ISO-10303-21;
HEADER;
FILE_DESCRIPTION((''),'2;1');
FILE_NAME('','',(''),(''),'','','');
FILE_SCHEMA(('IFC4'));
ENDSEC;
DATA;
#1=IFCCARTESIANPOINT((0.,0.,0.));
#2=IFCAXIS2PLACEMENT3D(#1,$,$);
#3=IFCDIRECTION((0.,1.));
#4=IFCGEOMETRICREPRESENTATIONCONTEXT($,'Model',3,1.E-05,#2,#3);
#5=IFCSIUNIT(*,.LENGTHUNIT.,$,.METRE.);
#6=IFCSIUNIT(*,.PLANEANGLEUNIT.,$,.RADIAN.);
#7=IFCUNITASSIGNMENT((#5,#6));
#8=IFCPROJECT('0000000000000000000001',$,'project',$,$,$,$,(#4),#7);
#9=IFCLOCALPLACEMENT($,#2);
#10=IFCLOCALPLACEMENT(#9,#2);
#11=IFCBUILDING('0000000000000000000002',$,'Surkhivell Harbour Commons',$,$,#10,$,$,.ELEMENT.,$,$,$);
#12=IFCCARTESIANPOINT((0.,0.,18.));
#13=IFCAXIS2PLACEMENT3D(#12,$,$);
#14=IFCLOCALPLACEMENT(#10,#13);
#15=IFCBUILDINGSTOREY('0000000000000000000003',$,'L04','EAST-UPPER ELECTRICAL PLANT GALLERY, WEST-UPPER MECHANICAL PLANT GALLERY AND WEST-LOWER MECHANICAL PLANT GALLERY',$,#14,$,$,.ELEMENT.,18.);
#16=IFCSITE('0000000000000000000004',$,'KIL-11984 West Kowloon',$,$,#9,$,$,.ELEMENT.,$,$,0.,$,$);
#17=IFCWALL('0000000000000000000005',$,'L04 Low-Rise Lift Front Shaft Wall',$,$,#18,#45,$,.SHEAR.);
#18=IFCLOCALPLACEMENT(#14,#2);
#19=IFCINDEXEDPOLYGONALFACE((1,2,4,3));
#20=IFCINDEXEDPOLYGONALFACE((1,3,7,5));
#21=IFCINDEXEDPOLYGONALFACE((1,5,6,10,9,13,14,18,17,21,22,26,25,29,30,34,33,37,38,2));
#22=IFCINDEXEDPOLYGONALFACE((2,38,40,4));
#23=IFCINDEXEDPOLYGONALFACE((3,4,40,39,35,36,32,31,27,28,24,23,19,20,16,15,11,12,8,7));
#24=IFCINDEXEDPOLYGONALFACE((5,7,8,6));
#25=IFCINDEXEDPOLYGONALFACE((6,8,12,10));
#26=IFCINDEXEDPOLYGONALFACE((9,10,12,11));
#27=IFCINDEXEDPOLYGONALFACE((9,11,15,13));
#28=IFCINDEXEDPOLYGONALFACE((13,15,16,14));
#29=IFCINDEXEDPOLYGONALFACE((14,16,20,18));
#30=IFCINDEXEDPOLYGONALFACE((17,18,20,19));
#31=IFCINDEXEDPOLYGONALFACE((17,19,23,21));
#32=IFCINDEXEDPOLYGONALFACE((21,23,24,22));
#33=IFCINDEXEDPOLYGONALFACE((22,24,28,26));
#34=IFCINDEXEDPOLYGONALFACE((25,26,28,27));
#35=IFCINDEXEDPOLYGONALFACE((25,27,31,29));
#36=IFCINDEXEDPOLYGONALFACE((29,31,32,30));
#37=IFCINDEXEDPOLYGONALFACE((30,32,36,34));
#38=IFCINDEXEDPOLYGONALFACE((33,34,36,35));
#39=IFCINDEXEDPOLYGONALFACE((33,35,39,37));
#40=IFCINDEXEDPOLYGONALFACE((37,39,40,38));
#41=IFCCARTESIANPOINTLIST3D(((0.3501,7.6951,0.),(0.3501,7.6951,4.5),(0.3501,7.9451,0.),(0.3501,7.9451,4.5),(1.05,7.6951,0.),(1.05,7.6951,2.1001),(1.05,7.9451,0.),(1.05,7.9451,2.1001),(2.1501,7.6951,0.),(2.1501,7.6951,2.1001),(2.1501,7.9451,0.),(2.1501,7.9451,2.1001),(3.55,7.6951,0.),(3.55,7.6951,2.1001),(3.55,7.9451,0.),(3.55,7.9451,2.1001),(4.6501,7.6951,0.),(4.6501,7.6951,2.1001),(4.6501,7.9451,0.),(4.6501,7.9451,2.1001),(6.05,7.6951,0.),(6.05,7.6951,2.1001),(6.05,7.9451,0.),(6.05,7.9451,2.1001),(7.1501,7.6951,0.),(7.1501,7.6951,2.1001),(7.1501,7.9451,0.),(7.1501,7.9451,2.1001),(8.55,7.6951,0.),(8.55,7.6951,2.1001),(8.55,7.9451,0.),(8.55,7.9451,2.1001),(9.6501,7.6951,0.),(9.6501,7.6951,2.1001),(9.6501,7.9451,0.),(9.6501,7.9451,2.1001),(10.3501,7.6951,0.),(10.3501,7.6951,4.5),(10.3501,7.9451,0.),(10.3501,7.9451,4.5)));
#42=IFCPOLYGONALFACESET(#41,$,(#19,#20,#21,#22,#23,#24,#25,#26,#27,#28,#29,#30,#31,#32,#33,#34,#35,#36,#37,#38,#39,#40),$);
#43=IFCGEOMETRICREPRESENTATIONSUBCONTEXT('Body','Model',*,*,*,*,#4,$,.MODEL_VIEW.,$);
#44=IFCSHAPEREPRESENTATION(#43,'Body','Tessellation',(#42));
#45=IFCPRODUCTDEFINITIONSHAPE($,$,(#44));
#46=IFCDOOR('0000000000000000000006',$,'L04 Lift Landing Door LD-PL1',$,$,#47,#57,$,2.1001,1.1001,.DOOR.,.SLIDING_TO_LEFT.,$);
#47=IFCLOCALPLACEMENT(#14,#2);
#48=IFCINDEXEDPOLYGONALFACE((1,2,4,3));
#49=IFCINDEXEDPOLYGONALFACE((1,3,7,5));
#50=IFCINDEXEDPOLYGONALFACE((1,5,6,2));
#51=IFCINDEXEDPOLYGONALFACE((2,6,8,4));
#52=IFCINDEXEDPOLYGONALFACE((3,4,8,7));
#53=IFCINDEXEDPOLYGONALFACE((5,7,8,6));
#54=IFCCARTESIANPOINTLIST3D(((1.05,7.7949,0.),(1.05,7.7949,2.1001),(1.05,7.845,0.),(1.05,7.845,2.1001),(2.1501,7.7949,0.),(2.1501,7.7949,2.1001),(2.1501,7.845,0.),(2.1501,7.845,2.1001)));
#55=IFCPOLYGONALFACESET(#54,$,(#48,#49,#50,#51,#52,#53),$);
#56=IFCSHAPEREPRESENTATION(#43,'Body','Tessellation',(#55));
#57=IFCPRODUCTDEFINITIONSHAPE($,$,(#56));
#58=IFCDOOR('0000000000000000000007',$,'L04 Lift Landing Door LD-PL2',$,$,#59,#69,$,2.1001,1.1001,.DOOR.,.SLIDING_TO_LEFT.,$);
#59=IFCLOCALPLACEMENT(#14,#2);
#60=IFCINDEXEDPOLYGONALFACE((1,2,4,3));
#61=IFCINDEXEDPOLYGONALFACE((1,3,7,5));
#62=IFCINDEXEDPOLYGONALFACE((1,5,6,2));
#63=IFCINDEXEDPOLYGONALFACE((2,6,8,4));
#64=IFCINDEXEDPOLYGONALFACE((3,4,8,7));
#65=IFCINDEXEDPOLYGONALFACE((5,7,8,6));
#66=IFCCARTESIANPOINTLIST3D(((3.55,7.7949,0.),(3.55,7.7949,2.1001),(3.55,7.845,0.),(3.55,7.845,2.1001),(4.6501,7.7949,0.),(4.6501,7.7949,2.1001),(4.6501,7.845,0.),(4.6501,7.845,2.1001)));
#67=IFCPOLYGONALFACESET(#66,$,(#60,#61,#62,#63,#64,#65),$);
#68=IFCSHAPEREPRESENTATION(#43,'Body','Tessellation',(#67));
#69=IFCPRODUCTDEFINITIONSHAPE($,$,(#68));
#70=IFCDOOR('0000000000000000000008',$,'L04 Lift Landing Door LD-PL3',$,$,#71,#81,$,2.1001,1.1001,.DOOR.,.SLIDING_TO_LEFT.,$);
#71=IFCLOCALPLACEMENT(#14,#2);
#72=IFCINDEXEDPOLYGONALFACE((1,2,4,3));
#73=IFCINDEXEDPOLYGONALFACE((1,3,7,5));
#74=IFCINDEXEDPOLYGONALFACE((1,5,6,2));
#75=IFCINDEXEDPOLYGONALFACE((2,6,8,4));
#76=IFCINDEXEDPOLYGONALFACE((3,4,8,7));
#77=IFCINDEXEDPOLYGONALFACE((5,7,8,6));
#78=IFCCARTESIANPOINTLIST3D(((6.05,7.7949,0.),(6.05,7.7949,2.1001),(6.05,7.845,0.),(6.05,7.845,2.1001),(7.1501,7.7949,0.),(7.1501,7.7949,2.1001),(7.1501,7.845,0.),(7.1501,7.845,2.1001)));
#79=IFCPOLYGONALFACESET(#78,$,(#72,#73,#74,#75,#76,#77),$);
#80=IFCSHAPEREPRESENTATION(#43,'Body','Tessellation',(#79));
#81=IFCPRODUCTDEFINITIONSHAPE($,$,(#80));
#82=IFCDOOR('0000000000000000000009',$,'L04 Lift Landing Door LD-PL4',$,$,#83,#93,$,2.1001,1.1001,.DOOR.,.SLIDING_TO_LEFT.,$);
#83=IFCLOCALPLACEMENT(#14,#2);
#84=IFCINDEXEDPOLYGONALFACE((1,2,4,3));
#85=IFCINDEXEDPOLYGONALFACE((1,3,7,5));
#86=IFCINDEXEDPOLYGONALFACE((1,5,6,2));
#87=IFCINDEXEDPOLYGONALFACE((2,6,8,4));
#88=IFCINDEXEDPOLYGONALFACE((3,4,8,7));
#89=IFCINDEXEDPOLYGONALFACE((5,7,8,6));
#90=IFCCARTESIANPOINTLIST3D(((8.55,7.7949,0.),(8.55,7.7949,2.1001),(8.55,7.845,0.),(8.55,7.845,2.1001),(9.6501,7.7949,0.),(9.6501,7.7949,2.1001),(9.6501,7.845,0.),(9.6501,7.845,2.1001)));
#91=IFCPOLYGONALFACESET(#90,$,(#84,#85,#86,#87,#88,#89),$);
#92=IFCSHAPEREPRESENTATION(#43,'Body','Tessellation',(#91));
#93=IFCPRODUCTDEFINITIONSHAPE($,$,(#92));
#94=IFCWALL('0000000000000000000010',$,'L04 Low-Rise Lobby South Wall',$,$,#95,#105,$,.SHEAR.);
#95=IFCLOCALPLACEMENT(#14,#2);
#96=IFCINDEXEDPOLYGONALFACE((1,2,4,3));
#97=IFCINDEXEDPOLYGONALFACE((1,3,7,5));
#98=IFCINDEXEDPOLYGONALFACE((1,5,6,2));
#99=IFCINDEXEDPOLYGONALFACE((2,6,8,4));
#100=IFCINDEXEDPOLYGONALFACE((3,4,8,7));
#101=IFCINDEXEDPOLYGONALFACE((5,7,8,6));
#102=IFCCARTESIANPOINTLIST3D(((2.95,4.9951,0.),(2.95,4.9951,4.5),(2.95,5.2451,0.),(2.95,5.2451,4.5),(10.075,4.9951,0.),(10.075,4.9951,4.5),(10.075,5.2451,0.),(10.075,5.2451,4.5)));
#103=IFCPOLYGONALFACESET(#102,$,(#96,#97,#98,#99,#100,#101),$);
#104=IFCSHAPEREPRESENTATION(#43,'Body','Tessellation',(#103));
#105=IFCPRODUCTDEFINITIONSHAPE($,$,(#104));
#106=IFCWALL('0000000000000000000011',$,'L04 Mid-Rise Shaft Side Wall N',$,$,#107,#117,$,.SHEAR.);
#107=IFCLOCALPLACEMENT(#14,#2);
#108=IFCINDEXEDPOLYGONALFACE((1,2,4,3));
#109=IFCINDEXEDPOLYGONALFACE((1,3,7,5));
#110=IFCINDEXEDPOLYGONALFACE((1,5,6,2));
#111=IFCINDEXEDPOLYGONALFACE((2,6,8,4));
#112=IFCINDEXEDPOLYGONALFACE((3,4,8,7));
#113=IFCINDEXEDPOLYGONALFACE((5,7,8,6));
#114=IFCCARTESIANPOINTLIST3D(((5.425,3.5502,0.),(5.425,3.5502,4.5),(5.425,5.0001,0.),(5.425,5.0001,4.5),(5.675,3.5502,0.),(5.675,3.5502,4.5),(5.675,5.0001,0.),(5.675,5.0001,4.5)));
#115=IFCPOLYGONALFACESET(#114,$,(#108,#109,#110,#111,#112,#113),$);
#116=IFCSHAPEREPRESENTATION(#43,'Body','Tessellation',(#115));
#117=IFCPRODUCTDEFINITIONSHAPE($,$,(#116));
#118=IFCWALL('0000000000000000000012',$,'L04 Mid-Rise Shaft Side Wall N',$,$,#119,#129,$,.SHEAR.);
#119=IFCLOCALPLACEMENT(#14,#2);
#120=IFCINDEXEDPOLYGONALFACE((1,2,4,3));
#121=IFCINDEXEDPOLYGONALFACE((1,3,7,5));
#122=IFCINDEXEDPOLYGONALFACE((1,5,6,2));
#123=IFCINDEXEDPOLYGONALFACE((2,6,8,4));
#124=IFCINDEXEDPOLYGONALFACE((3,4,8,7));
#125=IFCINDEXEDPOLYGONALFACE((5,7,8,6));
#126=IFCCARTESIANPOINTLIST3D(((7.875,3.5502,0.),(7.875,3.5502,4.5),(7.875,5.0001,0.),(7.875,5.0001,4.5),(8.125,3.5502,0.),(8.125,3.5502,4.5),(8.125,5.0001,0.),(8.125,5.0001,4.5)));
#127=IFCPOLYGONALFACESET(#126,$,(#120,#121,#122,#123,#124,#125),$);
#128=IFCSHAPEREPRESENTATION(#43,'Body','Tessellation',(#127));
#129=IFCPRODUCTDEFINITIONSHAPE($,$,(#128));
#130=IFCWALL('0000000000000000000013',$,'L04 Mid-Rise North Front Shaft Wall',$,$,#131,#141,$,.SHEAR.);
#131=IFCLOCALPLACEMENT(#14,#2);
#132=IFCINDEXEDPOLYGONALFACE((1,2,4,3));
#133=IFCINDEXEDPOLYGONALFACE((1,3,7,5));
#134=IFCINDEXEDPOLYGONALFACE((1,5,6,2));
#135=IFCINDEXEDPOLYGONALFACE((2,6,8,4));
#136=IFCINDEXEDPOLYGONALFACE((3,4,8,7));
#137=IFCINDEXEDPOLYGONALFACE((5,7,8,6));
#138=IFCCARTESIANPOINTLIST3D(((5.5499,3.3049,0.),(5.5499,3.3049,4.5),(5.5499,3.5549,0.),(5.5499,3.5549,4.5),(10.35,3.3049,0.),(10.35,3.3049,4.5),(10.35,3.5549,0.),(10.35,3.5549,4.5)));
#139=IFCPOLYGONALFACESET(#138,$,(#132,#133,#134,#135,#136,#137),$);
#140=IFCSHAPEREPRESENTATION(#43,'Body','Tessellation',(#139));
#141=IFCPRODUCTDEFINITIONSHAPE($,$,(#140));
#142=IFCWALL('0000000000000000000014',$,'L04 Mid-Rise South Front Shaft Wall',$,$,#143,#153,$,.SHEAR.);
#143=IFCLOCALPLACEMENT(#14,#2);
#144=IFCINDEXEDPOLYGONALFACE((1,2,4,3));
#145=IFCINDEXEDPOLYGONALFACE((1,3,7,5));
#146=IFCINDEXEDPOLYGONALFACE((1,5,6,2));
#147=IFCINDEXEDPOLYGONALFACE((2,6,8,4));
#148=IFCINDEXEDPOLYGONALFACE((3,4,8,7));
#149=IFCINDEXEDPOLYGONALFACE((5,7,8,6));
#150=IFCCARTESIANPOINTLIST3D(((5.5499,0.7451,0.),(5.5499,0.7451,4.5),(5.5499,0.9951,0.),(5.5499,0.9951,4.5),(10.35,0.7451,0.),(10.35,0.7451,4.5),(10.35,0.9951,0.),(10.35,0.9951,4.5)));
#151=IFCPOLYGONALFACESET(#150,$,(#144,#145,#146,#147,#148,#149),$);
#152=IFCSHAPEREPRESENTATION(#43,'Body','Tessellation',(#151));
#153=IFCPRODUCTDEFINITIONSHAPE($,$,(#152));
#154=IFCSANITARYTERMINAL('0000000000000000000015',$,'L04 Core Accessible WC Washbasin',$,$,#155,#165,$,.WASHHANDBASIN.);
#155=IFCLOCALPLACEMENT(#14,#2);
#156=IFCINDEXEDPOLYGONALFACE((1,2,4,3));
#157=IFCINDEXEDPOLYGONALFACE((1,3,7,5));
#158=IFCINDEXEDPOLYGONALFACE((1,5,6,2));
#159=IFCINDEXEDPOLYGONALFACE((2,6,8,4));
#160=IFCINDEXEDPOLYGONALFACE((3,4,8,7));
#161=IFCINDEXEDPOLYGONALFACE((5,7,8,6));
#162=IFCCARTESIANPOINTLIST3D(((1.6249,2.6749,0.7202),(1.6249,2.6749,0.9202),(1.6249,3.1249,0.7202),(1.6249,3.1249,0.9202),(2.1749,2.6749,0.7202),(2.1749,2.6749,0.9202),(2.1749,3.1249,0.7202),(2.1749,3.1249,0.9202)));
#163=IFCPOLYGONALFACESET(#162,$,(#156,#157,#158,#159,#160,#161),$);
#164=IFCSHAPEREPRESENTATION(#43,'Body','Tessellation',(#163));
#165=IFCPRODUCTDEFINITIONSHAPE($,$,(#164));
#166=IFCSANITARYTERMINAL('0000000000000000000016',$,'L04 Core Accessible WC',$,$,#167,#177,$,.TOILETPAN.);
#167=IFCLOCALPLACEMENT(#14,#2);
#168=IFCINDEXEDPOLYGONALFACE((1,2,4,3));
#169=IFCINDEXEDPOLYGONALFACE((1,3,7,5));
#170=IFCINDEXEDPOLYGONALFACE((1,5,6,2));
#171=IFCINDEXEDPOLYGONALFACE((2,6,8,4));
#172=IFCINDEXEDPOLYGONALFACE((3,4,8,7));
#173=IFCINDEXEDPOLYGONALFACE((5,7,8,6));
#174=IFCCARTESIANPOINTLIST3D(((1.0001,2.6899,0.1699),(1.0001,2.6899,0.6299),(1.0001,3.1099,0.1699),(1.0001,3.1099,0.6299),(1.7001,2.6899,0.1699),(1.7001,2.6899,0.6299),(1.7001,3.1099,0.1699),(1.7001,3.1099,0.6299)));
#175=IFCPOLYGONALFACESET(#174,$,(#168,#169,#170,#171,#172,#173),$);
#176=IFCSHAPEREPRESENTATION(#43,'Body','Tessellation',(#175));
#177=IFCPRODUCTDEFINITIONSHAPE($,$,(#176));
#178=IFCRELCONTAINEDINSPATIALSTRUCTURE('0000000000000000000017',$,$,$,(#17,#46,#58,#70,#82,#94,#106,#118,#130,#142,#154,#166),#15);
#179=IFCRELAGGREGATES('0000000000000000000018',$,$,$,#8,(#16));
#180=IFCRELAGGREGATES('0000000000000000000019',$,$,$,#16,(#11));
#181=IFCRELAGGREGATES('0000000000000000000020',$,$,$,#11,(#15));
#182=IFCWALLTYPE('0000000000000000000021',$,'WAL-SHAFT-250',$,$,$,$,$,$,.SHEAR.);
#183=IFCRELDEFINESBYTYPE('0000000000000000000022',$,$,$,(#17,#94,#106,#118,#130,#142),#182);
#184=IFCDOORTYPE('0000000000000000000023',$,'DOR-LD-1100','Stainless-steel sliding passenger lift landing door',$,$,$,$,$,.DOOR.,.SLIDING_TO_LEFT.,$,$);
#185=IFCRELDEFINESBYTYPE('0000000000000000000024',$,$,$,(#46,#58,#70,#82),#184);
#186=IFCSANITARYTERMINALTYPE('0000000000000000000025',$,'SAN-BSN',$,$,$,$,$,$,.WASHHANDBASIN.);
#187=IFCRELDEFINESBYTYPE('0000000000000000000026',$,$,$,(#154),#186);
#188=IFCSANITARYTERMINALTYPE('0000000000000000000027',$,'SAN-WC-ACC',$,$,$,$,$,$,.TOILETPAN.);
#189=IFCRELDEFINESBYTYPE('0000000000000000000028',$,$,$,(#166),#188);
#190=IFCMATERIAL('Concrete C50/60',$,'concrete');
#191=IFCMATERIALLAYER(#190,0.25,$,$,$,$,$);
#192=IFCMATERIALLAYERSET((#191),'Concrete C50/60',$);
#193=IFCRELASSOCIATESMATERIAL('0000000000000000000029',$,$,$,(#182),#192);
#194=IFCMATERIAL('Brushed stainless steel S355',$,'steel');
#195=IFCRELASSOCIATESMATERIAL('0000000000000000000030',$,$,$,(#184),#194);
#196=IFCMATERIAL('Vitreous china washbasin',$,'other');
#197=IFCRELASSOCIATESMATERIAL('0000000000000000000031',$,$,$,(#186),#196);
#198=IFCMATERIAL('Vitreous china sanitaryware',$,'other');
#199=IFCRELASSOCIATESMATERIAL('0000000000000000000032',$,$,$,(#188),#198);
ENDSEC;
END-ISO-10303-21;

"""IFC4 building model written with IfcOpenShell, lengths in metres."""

from ifc_helpers import new_model, si_unit, direction, frame, frame_2d, origin, origin_2d, place, context, subcontext, project, spatial, rectangle, extrude, material, layer, layer_set, type_object, element, fill, save


model = new_model("IFC4")

# Units and contexts
model_context = context("Model", 3, precision=1e-05, world=origin(), true_north=direction((0.0, 1.0)))
body_context = subcontext(model_context, "Body", "Model", "MODEL_VIEW")
ifc_project = project(units=[si_unit("LENGTHUNIT", "METRE"), si_unit("PLANEANGLEUNIT", "RADIAN")], contexts=[model_context])

# Site, building, storey
site_placement = place(None, origin())
site = spatial("IfcSite", under=ifc_project, at=site_placement, Name="KIL-11984 West Kowloon", CompositionType="ELEMENT", RefElevation=0.0)
building_placement = place(site_placement, origin())
building = spatial("IfcBuilding", under=site, at=building_placement, Name="Surkhivell Harbour Commons", CompositionType="ELEMENT")
storey_placement = place(building_placement, frame((0.0, 0.0, 18.0)))
storey = spatial("IfcBuildingStorey", under=building, at=storey_placement, Name="L04", Description="EAST-UPPER ELECTRICAL PLANT GALLERY, WEST-UPPER MECHANICAL PLANT GALLERY AND WEST-LOWER MECHANICAL PLANT GALLERY", CompositionType="ELEMENT", Elevation=18.0)

# Shared definitions
ifc_material_1 = material(Name="Concrete C50/60", Category="concrete")
ifc_layer_1 = layer(ifc_material_1, 0.25)
ifc_layer_set_1 = layer_set([ifc_layer_1], Name="Concrete C50/60")
wall_type_1 = type_object("IfcWallType", Name="WAL-SHAFT-250", PredefinedType="SHEAR", material=ifc_layer_set_1)

# Wall, openings, doors
wall_1_placement = place(storey_placement, frame((0.3501, 7.8201, 0.0), z_axis=(0.0, 0.0, 1.0), x_axis=(1.0, 0.0, 0.0)))
wall_1 = element("IfcWall", 1, at=wall_1_placement, inside=storey, type_object=wall_type_1, Name="L04 Low-Rise Lift Front Shaft Wall", PredefinedType="SHEAR", context=body_context, shape_type="SweptSolid", body=[
    extrude(rectangle(XDim=10.0, YDim=0.25, at=frame_2d((5.0, 0.0))), origin(), (0.0, 0.0, 1.0), 4.5),
])
opening_1_placement = place(wall_1_placement, frame((0.7, 0.0, 0.0)))
opening_1 = element("IfcOpeningElement", 2, at=opening_1_placement, cuts=wall_1, PredefinedType="OPENING", context=body_context, shape_type="SweptSolid", body=[
    extrude(rectangle(XDim=1.1001, YDim=2.1001, at=frame_2d((0.55, 1.05))), frame((0.0, 0.135, 0.0), z_axis=(0.0, -1.0, 0.0), x_axis=(1.0, 0.0, 0.0)), (0.0, 0.0, 1.0), 0.27),
])
opening_2_placement = place(wall_1_placement, frame((3.2, 0.0, 0.0)))
opening_2 = element("IfcOpeningElement", 3, at=opening_2_placement, cuts=wall_1, PredefinedType="OPENING", context=body_context, shape_type="SweptSolid", body=[
    extrude(rectangle(XDim=1.1001, YDim=2.1001, at=frame_2d((0.55, 1.05))), frame((0.0, 0.135, 0.0), z_axis=(0.0, -1.0, 0.0), x_axis=(1.0, 0.0, 0.0)), (0.0, 0.0, 1.0), 0.27),
])
opening_3_placement = place(wall_1_placement, frame((5.7, 0.0, 0.0)))
opening_3 = element("IfcOpeningElement", 4, at=opening_3_placement, cuts=wall_1, PredefinedType="OPENING", context=body_context, shape_type="SweptSolid", body=[
    extrude(rectangle(XDim=1.1001, YDim=2.1001, at=frame_2d((0.55, 1.05))), frame((0.0, 0.135, 0.0), z_axis=(0.0, -1.0, 0.0), x_axis=(1.0, 0.0, 0.0)), (0.0, 0.0, 1.0), 0.27),
])
opening_4_placement = place(wall_1_placement, frame((8.2, 0.0, 0.0)))
opening_4 = element("IfcOpeningElement", 5, at=opening_4_placement, cuts=wall_1, PredefinedType="OPENING", context=body_context, shape_type="SweptSolid", body=[
    extrude(rectangle(XDim=1.1001, YDim=2.1001, at=frame_2d((0.55, 1.05))), frame((0.0, 0.135, 0.0), z_axis=(0.0, -1.0, 0.0), x_axis=(1.0, 0.0, 0.0)), (0.0, 0.0, 1.0), 0.27),
])
ifc_material_2 = material(Name="Brushed stainless steel S355", Category="steel")
door_type_1 = type_object("IfcDoorType", Name="DOR-LD-1100", Description="Stainless-steel sliding passenger lift landing door", OperationType="SLIDING_TO_LEFT", PredefinedType="DOOR", material=ifc_material_2)
door_1_placement = place(opening_1_placement, origin())
door_1 = element("IfcDoor", 6, at=door_1_placement, inside=storey, type_object=door_type_1, Name="L04 Lift Landing Door LD-PL1", OperationType="SLIDING_TO_LEFT", OverallHeight=2.1001, OverallWidth=1.1001, PredefinedType="DOOR", context=body_context, shape_type="SweptSolid", body=[
    extrude(rectangle(XDim=1.1001, YDim=2.1001, at=frame_2d((0.55, 1.05))), frame((0.0, 0.0249, 0.0), z_axis=(0.0, -1.0, 0.0), x_axis=(1.0, 0.0, 0.0)), (0.0, 0.0, 1.0), 0.05),
])
fill(opening_1, door_1)
door_2_placement = place(opening_2_placement, origin())
door_2 = element("IfcDoor", 7, at=door_2_placement, inside=storey, type_object=door_type_1, Name="L04 Lift Landing Door LD-PL2", OperationType="SLIDING_TO_LEFT", OverallHeight=2.1001, OverallWidth=1.1001, PredefinedType="DOOR", context=body_context, shape_type="SweptSolid", body=[
    extrude(rectangle(XDim=1.1001, YDim=2.1001, at=frame_2d((0.55, 1.05))), frame((0.0, 0.0249, 0.0), z_axis=(0.0, -1.0, 0.0), x_axis=(1.0, 0.0, 0.0)), (0.0, 0.0, 1.0), 0.05),
])
fill(opening_2, door_2)
door_3_placement = place(opening_3_placement, origin())
door_3 = element("IfcDoor", 8, at=door_3_placement, inside=storey, type_object=door_type_1, Name="L04 Lift Landing Door LD-PL3", OperationType="SLIDING_TO_LEFT", OverallHeight=2.1001, OverallWidth=1.1001, PredefinedType="DOOR", context=body_context, shape_type="SweptSolid", body=[
    extrude(rectangle(XDim=1.1001, YDim=2.1001, at=frame_2d((0.55, 1.05))), frame((0.0, 0.0249, 0.0), z_axis=(0.0, -1.0, 0.0), x_axis=(1.0, 0.0, 0.0)), (0.0, 0.0, 1.0), 0.05),
])
fill(opening_3, door_3)
door_4_placement = place(opening_4_placement, origin())
door_4 = element("IfcDoor", 9, at=door_4_placement, inside=storey, type_object=door_type_1, Name="L04 Lift Landing Door LD-PL4", OperationType="SLIDING_TO_LEFT", OverallHeight=2.1001, OverallWidth=1.1001, PredefinedType="DOOR", context=body_context, shape_type="SweptSolid", body=[
    extrude(rectangle(XDim=1.1001, YDim=2.1001, at=frame_2d((0.55, 1.05))), frame((0.0, 0.0249, 0.0), z_axis=(0.0, -1.0, 0.0), x_axis=(1.0, 0.0, 0.0)), (0.0, 0.0, 1.0), 0.05),
])
fill(opening_4, door_4)

# Walls
wall_2_placement = place(storey_placement, frame((2.95, 5.1201, 0.0), z_axis=(0.0, 0.0, 1.0), x_axis=(1.0, 0.0, 0.0)))
element("IfcWall", 10, at=wall_2_placement, inside=storey, type_object=wall_type_1, Name="L04 Low-Rise Lobby South Wall", PredefinedType="SHEAR", context=body_context, shape_type="SweptSolid", body=[
    extrude(rectangle(XDim=7.125, YDim=0.25, at=frame_2d((3.5625, 0.0))), origin(), (0.0, 0.0, 1.0), 4.5),
])
for number, where, z_axis, x_axis, name in (
    (11, (5.55, 3.55, 0.0), (0.0, 0.0, 1.0), (0.0, 1.0, 0.0), "L04 Mid-Rise Shaft Side Wall N"),
    (12, (8.0, 3.55, 0.0), (0.0, 0.0, 1.0), (0.0, 1.0, 0.0), "L04 Mid-Rise Shaft Side Wall N"),
):
    element("IfcWall", number, at=place(storey_placement, frame(where, z_axis=z_axis, x_axis=x_axis)), inside=storey, type_object=wall_type_1, Name=name, PredefinedType="SHEAR", context=body_context, shape_type="SweptSolid", body=[
        extrude(rectangle(XDim=1.45, YDim=0.25, at=frame_2d((0.7251, 0.0))), origin(), (0.0, 0.0, 1.0), 4.5),
    ])
for number, where, z_axis, x_axis, name in (
    (13, (5.55, 3.4299, 0.0), (0.0, 0.0, 1.0), (1.0, 0.0, 0.0), "L04 Mid-Rise North Front Shaft Wall"),
    (14, (5.55, 0.8701, 0.0), (0.0, 0.0, 1.0), (1.0, 0.0, 0.0), "L04 Mid-Rise South Front Shaft Wall"),
):
    element("IfcWall", number, at=place(storey_placement, frame(where, z_axis=z_axis, x_axis=x_axis)), inside=storey, type_object=wall_type_1, Name=name, PredefinedType="SHEAR", context=body_context, shape_type="SweptSolid", body=[
        extrude(rectangle(XDim=4.8, YDim=0.25, at=frame_2d((2.3999, 0.0))), origin(), (0.0, 0.0, 1.0), 4.5),
    ])

# Sanitary terminals
ifc_material_3 = material(Name="Vitreous china washbasin", Category="other")
sanitary_terminal_type_1 = type_object("IfcSanitaryTerminalType", Name="SAN-BSN", PredefinedType="WASHHANDBASIN", material=ifc_material_3)
sanitary_terminal_1_placement = place(storey_placement, frame((1.8999, 2.8999, 0.7202), z_axis=(0.0, 0.0, 1.0), x_axis=(1.0, 0.0, 0.0)))
element("IfcSanitaryTerminal", 15, at=sanitary_terminal_1_placement, inside=storey, type_object=sanitary_terminal_type_1, Name="L04 Core Accessible WC Washbasin", PredefinedType="WASHHANDBASIN", context=body_context, shape_type="SweptSolid", body=[
    extrude(rectangle(XDim=0.55, YDim=0.45, at=origin_2d()), origin(), (0.0, 0.0, 1.0), 0.2),
])
ifc_material_4 = material(Name="Vitreous china sanitaryware", Category="other")
sanitary_terminal_type_2 = type_object("IfcSanitaryTerminalType", Name="SAN-WC-ACC", PredefinedType="TOILETPAN", material=ifc_material_4)
sanitary_terminal_2_placement = place(storey_placement, frame((1.3501, 2.8999, 0.1699), z_axis=(0.0, 0.0, 1.0), x_axis=(1.0, 0.0, 0.0)))
element("IfcSanitaryTerminal", 16, at=sanitary_terminal_2_placement, inside=storey, type_object=sanitary_terminal_type_2, Name="L04 Core Accessible WC", PredefinedType="TOILETPAN", context=body_context, shape_type="SweptSolid", body=[
    extrude(rectangle(XDim=0.7, YDim=0.4199, at=origin_2d()), origin(), (0.0, 0.0, 1.0), 0.46),
])

save(model, "model.ifc")
